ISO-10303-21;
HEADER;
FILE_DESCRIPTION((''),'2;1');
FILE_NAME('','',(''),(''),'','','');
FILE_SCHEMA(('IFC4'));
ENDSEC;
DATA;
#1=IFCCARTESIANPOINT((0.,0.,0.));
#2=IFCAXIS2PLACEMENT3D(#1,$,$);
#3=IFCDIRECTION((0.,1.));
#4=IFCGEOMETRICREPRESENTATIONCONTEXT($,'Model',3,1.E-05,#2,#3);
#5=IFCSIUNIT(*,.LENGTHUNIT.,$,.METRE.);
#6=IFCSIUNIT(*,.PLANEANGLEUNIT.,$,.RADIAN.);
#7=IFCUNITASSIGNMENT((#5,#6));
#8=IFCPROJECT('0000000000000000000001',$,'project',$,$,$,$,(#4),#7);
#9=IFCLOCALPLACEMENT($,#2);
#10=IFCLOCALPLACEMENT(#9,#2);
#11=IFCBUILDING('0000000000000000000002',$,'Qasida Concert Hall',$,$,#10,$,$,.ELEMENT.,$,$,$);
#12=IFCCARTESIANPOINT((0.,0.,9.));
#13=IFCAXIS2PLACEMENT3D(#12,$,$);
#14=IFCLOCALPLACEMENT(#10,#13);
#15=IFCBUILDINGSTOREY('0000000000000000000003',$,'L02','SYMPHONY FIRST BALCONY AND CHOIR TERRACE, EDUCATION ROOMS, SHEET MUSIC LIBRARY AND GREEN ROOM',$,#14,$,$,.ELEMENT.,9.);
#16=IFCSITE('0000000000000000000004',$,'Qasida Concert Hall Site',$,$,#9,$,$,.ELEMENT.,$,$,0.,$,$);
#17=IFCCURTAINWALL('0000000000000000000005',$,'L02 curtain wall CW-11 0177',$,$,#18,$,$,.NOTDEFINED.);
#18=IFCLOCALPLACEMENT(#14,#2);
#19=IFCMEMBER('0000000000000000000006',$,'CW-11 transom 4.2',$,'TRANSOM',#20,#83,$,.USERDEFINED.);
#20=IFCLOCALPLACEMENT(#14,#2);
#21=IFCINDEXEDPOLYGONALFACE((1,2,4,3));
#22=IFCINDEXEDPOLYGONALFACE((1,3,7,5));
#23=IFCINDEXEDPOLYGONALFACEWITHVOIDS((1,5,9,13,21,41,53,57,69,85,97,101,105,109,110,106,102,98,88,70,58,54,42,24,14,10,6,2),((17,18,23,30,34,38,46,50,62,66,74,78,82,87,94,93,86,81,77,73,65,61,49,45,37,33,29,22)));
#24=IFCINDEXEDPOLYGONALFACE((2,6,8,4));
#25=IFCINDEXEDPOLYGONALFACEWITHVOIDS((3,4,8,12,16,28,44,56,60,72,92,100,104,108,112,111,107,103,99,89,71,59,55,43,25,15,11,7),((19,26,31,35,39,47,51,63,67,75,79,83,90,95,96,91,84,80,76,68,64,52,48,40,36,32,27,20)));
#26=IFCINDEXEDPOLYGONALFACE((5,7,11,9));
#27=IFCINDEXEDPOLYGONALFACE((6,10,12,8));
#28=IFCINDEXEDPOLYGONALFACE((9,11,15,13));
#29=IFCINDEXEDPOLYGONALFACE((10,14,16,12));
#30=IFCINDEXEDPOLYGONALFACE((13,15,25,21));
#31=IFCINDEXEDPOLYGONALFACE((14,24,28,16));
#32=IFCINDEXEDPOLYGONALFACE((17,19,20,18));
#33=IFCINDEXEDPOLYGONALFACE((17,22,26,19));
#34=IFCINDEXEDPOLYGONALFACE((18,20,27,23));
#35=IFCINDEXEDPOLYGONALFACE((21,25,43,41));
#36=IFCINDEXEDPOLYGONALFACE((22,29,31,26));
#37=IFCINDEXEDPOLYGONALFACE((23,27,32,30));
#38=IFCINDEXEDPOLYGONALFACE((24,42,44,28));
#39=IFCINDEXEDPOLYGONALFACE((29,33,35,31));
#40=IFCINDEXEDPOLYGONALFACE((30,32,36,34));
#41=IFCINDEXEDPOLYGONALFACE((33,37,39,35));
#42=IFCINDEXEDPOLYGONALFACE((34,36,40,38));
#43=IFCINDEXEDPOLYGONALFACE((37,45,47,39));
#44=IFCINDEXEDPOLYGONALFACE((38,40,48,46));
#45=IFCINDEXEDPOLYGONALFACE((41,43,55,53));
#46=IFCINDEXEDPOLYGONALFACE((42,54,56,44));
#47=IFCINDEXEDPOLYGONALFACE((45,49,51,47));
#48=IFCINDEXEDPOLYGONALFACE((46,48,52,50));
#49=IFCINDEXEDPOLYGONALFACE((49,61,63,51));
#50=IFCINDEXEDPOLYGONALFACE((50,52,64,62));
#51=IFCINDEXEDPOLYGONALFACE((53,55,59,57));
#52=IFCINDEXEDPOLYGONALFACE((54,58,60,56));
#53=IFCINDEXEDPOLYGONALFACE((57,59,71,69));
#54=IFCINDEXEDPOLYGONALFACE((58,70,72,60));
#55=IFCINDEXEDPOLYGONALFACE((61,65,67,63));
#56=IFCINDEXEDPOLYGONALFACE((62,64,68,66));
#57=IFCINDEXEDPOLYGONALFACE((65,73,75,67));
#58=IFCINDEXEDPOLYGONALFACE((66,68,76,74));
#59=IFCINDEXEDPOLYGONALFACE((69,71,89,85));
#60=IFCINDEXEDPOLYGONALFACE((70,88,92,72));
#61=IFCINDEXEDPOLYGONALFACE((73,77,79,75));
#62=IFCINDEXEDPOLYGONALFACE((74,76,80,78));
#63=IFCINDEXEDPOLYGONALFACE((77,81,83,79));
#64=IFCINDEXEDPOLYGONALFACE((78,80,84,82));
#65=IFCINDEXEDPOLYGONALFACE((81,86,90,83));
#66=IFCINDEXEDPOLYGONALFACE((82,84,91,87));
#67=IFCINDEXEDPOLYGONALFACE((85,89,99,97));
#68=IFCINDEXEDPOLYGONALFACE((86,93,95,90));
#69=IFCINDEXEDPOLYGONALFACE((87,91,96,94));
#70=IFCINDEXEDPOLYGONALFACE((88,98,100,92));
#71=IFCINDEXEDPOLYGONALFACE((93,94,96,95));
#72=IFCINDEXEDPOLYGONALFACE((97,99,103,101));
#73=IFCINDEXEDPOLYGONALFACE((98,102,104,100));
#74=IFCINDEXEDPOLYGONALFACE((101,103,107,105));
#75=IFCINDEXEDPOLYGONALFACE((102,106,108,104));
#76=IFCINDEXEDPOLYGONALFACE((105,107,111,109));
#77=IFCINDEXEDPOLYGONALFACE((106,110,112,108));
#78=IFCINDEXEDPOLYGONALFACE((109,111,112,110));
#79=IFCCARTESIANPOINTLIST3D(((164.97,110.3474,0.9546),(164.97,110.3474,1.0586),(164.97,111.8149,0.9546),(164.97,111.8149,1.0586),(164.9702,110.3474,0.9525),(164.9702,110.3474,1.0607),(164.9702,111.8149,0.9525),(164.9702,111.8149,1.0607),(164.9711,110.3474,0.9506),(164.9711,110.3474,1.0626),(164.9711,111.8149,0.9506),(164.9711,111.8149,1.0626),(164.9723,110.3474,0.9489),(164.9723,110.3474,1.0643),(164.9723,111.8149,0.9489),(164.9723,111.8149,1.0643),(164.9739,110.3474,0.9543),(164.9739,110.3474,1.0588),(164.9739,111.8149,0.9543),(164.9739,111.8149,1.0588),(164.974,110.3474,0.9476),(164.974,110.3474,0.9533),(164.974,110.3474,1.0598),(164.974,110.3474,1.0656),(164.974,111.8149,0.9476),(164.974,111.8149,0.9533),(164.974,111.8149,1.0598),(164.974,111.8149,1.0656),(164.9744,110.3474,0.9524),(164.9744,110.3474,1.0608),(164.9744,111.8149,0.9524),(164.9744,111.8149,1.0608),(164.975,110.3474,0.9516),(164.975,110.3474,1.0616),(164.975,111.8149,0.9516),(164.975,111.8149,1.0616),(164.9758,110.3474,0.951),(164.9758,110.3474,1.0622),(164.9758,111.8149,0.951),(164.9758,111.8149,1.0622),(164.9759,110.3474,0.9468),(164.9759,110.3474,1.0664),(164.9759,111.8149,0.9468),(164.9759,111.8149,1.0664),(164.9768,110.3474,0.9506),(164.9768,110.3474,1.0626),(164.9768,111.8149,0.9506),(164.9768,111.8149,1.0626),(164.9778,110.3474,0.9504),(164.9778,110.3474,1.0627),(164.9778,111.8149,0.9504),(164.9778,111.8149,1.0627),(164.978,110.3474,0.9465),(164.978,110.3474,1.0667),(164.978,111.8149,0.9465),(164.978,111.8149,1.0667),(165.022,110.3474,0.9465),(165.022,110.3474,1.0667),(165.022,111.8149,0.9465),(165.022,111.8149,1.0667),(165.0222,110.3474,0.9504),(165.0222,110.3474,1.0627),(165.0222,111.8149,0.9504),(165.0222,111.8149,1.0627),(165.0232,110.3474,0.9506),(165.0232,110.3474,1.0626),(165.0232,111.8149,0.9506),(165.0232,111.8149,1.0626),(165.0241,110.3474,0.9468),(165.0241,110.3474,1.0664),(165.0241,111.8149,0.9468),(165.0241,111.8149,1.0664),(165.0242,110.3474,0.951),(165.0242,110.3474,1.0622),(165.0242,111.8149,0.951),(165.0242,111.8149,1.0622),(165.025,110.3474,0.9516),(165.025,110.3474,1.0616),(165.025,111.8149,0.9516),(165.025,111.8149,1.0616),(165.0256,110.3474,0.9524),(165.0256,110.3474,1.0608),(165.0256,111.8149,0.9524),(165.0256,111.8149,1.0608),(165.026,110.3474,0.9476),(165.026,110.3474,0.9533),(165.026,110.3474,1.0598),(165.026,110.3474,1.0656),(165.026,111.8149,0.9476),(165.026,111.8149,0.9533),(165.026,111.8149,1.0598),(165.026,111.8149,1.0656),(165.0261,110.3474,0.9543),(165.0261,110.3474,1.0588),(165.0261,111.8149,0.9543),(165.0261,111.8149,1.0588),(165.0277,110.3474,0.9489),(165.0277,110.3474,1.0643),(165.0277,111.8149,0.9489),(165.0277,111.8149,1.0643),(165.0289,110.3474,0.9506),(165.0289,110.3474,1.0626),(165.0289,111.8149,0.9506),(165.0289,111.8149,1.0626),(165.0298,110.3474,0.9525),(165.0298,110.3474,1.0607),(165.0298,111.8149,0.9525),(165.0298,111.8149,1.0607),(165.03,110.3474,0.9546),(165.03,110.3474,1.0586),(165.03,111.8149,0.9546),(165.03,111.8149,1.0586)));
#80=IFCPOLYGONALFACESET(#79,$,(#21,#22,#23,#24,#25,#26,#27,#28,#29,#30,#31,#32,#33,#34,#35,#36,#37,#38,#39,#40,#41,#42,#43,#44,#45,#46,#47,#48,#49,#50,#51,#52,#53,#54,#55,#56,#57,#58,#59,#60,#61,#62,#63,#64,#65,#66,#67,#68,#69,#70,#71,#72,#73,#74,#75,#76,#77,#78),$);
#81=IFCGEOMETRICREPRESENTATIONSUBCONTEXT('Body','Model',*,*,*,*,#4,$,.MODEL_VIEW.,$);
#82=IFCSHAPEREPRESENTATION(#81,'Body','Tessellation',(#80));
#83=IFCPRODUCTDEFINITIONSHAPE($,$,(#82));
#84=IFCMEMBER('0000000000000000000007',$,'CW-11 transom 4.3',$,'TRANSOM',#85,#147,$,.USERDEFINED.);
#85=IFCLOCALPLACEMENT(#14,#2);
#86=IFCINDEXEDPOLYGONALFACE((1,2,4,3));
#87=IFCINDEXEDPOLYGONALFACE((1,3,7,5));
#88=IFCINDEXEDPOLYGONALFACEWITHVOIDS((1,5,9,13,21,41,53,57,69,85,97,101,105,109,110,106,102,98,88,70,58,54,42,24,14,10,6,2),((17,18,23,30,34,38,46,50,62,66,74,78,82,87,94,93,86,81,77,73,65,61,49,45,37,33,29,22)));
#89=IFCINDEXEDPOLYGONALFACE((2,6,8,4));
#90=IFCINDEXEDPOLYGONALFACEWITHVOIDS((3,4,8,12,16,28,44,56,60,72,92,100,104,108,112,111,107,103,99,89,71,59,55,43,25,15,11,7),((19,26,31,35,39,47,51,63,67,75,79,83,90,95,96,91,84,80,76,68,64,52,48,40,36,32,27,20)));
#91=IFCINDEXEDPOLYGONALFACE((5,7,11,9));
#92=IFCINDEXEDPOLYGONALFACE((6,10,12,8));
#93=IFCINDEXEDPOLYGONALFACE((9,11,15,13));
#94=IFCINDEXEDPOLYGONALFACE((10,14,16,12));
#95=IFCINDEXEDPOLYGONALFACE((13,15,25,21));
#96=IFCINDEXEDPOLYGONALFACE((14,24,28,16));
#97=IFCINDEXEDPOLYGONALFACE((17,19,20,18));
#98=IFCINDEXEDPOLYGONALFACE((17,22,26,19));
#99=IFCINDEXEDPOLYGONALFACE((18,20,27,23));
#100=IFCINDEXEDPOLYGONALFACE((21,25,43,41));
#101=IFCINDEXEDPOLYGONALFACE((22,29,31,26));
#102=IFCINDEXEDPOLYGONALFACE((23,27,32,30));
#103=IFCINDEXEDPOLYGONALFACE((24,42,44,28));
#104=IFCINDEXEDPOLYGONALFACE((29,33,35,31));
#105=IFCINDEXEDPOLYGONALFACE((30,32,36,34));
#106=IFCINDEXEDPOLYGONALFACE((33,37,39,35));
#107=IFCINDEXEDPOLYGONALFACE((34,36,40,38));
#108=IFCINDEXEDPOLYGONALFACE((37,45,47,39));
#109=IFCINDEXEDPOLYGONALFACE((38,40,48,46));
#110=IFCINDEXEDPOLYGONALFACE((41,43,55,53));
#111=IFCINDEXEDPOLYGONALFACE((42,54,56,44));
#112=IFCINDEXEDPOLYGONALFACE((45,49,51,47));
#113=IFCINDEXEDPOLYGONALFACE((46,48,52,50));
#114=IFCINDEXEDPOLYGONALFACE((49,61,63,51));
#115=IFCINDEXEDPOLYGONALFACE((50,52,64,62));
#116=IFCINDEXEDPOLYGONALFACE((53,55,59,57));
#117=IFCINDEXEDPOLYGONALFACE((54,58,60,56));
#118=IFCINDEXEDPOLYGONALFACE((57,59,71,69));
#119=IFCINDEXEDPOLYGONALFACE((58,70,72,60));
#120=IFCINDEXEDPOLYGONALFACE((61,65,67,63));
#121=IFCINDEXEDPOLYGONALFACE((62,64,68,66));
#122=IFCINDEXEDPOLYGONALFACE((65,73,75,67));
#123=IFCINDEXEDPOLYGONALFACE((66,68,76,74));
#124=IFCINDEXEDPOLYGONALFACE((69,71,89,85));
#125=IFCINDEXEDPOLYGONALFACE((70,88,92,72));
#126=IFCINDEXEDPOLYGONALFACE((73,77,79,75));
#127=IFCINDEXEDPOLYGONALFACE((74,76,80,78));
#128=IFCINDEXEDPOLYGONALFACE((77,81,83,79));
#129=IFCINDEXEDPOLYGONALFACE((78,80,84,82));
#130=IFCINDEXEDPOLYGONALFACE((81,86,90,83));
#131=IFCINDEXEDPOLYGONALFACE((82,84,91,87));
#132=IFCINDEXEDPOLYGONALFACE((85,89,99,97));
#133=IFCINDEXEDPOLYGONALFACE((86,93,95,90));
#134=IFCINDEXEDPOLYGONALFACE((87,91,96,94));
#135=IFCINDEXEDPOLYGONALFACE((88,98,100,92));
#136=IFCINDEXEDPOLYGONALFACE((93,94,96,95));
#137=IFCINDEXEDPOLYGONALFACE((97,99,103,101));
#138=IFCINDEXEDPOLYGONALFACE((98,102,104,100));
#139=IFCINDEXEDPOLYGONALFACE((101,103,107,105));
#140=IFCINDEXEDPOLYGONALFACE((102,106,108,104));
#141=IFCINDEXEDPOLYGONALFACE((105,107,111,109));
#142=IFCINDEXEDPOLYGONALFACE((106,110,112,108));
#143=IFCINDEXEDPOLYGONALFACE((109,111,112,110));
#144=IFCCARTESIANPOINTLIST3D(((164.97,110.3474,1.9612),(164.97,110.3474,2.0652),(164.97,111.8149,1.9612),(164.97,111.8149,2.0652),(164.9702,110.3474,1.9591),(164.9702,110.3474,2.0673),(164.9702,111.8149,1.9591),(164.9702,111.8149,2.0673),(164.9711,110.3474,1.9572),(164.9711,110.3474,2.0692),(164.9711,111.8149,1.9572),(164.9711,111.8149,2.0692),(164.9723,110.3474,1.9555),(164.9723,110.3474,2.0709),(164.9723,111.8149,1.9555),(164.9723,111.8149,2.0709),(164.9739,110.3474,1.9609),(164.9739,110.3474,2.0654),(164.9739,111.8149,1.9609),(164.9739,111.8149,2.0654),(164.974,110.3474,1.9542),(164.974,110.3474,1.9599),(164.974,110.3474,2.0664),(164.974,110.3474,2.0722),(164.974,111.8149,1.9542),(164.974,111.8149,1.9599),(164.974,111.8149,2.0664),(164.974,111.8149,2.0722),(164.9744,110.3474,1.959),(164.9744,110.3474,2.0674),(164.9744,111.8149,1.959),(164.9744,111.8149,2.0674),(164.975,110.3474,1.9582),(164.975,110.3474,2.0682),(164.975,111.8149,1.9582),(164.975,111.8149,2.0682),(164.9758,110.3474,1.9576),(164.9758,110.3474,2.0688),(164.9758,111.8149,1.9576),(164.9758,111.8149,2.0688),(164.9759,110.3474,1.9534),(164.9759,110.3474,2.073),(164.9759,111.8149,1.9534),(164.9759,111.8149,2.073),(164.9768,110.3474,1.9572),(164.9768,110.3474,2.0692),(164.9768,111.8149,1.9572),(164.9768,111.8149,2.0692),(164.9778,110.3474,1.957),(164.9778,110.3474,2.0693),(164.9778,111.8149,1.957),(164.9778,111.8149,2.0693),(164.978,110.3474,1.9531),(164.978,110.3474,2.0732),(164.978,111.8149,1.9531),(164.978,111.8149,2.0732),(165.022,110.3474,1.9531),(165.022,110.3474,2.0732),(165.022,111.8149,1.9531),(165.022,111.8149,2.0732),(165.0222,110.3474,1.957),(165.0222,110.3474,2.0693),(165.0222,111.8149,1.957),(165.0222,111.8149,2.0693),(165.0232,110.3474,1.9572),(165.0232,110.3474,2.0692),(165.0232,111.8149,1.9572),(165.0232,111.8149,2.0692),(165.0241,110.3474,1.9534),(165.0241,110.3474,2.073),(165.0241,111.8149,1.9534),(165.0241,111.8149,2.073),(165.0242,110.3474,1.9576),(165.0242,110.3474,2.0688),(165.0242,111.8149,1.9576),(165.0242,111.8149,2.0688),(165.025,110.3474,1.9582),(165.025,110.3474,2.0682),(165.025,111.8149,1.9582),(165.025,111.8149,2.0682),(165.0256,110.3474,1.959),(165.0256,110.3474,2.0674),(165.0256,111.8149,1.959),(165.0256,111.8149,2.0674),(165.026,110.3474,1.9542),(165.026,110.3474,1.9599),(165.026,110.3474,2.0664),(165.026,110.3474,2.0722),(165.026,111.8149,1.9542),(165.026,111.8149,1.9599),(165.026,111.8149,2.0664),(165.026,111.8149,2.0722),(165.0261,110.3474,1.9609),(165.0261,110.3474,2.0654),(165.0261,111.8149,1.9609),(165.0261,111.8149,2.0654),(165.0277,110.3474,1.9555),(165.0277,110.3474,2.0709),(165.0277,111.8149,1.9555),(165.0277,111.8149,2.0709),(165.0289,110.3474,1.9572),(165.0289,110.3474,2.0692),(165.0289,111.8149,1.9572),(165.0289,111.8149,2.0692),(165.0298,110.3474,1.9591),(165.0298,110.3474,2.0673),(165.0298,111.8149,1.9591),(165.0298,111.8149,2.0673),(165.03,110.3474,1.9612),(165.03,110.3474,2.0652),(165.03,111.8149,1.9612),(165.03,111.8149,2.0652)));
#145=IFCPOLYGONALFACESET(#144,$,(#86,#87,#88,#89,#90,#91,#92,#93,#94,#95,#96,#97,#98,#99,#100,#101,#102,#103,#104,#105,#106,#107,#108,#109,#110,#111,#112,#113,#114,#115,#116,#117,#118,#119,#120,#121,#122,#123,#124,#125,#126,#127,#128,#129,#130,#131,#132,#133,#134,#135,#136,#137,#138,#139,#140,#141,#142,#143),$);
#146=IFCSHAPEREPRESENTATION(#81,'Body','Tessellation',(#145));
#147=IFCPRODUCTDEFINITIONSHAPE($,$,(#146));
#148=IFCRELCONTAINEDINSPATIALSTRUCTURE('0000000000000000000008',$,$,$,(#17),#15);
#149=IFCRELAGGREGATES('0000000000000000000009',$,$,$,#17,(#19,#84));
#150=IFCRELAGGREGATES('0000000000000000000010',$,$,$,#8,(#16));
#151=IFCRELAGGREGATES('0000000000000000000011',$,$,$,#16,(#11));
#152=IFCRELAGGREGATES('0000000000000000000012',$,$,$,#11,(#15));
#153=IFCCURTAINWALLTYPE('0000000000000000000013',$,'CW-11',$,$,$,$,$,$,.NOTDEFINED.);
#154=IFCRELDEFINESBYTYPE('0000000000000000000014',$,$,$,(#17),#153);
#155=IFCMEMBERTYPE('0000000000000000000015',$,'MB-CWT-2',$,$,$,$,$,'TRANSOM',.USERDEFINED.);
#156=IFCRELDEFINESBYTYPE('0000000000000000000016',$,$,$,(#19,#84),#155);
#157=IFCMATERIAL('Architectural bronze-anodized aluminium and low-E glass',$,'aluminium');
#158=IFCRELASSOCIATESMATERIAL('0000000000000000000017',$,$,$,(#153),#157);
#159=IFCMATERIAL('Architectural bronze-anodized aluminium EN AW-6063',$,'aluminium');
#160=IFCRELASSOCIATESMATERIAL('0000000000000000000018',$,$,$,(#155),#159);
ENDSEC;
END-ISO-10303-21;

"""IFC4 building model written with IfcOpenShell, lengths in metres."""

from ifc_helpers import new_model, si_unit, direction, frame, origin, origin_2d, place, context, subcontext, project, spatial, hollow_rectangle, extrude, material, material_profile, profile_set, type_object, element, aggregate, save


model = new_model("IFC4")

# Units and contexts
model_context = context("Model", 3, precision=1e-05, world=origin(), true_north=direction((0.0, 1.0)))
body_context = subcontext(model_context, "Body", "Model", "MODEL_VIEW")
ifc_project = project(units=[si_unit("LENGTHUNIT", "METRE"), si_unit("PLANEANGLEUNIT", "RADIAN")], contexts=[model_context])

# Site, building, storey
site_placement = place(None, origin())
site = spatial("IfcSite", under=ifc_project, at=site_placement, Name="Qasida Concert Hall Site", CompositionType="ELEMENT", RefElevation=0.0)
building_placement = place(site_placement, origin())
building = spatial("IfcBuilding", under=site, at=building_placement, Name="Qasida Concert Hall", CompositionType="ELEMENT")
storey_placement = place(building_placement, frame((0.0, 0.0, 9.0)))
storey = spatial("IfcBuildingStorey", under=building, at=storey_placement, Name="L02", Description="SYMPHONY FIRST BALCONY AND CHOIR TERRACE, EDUCATION ROOMS, SHEET MUSIC LIBRARY AND GREEN ROOM", CompositionType="ELEMENT", Elevation=9.0)

# Curtain wall, members
ifc_material_1 = material(Name="Architectural bronze-anodized aluminium and low-E glass", Category="aluminium")
curtain_wall_type = type_object("IfcCurtainWallType", Name="CW-11", PredefinedType="NOTDEFINED", material=ifc_material_1)
curtain_wall_placement = place(storey_placement, origin())
curtain_wall = element("IfcCurtainWall", 1, at=curtain_wall_placement, inside=storey, type_object=curtain_wall_type, Name="L02 curtain wall CW-11 0177", PredefinedType="NOTDEFINED")
ifc_material_2 = material(Name="Architectural bronze-anodized aluminium EN AW-6063", Category="aluminium")
ifc_material_profile_1 = material_profile(ifc_material_2, hollow_rectangle(XDim=0.0601, YDim=0.1201, WallThickness=0.0039, InnerFilletRadius=0.0039, OuterFilletRadius=0.0081, at=origin_2d()), Name="CWT 120x60x4")
ifc_profile_set_1 = profile_set([ifc_material_profile_1], Name="Architectural bronze-anodized aluminium EN AW-6063")
member_type_1 = type_object("IfcMemberType", Name="MB-CWT-2", ElementType="TRANSOM", PredefinedType="USERDEFINED", material=ifc_profile_set_1)
member_1_placement = place(storey_placement, frame((165.0, 110.3474, 1.0066), z_axis=(0.0, 1.0, 0.0), x_axis=(-1.0, 0.0, 0.0)))
member_1 = element("IfcMember", 2, at=member_1_placement, type_object=member_type_1, Name="CW-11 transom 4.2", ObjectType="TRANSOM", PredefinedType="USERDEFINED", context=body_context, shape_type="SweptSolid", body=[
    extrude(hollow_rectangle(XDim=0.0601, YDim=0.1201, WallThickness=0.0039, InnerFilletRadius=0.0039, OuterFilletRadius=0.0081, at=origin_2d()), origin(), (0.0, 0.0, 1.0), 1.4675),
])
member_2_placement = place(storey_placement, frame((165.0, 110.3474, 2.0132), z_axis=(0.0, 1.0, 0.0), x_axis=(-1.0, 0.0, 0.0)))
member_2 = element("IfcMember", 3, at=member_2_placement, type_object=member_type_1, Name="CW-11 transom 4.3", ObjectType="TRANSOM", PredefinedType="USERDEFINED", context=body_context, shape_type="SweptSolid", body=[
    extrude(hollow_rectangle(XDim=0.0601, YDim=0.1201, WallThickness=0.0039, InnerFilletRadius=0.0039, OuterFilletRadius=0.0081, at=origin_2d()), origin(), (0.0, 0.0, 1.0), 1.4675),
])
aggregate(curtain_wall, [member_1, member_2])

save(model, "model.ifc")
